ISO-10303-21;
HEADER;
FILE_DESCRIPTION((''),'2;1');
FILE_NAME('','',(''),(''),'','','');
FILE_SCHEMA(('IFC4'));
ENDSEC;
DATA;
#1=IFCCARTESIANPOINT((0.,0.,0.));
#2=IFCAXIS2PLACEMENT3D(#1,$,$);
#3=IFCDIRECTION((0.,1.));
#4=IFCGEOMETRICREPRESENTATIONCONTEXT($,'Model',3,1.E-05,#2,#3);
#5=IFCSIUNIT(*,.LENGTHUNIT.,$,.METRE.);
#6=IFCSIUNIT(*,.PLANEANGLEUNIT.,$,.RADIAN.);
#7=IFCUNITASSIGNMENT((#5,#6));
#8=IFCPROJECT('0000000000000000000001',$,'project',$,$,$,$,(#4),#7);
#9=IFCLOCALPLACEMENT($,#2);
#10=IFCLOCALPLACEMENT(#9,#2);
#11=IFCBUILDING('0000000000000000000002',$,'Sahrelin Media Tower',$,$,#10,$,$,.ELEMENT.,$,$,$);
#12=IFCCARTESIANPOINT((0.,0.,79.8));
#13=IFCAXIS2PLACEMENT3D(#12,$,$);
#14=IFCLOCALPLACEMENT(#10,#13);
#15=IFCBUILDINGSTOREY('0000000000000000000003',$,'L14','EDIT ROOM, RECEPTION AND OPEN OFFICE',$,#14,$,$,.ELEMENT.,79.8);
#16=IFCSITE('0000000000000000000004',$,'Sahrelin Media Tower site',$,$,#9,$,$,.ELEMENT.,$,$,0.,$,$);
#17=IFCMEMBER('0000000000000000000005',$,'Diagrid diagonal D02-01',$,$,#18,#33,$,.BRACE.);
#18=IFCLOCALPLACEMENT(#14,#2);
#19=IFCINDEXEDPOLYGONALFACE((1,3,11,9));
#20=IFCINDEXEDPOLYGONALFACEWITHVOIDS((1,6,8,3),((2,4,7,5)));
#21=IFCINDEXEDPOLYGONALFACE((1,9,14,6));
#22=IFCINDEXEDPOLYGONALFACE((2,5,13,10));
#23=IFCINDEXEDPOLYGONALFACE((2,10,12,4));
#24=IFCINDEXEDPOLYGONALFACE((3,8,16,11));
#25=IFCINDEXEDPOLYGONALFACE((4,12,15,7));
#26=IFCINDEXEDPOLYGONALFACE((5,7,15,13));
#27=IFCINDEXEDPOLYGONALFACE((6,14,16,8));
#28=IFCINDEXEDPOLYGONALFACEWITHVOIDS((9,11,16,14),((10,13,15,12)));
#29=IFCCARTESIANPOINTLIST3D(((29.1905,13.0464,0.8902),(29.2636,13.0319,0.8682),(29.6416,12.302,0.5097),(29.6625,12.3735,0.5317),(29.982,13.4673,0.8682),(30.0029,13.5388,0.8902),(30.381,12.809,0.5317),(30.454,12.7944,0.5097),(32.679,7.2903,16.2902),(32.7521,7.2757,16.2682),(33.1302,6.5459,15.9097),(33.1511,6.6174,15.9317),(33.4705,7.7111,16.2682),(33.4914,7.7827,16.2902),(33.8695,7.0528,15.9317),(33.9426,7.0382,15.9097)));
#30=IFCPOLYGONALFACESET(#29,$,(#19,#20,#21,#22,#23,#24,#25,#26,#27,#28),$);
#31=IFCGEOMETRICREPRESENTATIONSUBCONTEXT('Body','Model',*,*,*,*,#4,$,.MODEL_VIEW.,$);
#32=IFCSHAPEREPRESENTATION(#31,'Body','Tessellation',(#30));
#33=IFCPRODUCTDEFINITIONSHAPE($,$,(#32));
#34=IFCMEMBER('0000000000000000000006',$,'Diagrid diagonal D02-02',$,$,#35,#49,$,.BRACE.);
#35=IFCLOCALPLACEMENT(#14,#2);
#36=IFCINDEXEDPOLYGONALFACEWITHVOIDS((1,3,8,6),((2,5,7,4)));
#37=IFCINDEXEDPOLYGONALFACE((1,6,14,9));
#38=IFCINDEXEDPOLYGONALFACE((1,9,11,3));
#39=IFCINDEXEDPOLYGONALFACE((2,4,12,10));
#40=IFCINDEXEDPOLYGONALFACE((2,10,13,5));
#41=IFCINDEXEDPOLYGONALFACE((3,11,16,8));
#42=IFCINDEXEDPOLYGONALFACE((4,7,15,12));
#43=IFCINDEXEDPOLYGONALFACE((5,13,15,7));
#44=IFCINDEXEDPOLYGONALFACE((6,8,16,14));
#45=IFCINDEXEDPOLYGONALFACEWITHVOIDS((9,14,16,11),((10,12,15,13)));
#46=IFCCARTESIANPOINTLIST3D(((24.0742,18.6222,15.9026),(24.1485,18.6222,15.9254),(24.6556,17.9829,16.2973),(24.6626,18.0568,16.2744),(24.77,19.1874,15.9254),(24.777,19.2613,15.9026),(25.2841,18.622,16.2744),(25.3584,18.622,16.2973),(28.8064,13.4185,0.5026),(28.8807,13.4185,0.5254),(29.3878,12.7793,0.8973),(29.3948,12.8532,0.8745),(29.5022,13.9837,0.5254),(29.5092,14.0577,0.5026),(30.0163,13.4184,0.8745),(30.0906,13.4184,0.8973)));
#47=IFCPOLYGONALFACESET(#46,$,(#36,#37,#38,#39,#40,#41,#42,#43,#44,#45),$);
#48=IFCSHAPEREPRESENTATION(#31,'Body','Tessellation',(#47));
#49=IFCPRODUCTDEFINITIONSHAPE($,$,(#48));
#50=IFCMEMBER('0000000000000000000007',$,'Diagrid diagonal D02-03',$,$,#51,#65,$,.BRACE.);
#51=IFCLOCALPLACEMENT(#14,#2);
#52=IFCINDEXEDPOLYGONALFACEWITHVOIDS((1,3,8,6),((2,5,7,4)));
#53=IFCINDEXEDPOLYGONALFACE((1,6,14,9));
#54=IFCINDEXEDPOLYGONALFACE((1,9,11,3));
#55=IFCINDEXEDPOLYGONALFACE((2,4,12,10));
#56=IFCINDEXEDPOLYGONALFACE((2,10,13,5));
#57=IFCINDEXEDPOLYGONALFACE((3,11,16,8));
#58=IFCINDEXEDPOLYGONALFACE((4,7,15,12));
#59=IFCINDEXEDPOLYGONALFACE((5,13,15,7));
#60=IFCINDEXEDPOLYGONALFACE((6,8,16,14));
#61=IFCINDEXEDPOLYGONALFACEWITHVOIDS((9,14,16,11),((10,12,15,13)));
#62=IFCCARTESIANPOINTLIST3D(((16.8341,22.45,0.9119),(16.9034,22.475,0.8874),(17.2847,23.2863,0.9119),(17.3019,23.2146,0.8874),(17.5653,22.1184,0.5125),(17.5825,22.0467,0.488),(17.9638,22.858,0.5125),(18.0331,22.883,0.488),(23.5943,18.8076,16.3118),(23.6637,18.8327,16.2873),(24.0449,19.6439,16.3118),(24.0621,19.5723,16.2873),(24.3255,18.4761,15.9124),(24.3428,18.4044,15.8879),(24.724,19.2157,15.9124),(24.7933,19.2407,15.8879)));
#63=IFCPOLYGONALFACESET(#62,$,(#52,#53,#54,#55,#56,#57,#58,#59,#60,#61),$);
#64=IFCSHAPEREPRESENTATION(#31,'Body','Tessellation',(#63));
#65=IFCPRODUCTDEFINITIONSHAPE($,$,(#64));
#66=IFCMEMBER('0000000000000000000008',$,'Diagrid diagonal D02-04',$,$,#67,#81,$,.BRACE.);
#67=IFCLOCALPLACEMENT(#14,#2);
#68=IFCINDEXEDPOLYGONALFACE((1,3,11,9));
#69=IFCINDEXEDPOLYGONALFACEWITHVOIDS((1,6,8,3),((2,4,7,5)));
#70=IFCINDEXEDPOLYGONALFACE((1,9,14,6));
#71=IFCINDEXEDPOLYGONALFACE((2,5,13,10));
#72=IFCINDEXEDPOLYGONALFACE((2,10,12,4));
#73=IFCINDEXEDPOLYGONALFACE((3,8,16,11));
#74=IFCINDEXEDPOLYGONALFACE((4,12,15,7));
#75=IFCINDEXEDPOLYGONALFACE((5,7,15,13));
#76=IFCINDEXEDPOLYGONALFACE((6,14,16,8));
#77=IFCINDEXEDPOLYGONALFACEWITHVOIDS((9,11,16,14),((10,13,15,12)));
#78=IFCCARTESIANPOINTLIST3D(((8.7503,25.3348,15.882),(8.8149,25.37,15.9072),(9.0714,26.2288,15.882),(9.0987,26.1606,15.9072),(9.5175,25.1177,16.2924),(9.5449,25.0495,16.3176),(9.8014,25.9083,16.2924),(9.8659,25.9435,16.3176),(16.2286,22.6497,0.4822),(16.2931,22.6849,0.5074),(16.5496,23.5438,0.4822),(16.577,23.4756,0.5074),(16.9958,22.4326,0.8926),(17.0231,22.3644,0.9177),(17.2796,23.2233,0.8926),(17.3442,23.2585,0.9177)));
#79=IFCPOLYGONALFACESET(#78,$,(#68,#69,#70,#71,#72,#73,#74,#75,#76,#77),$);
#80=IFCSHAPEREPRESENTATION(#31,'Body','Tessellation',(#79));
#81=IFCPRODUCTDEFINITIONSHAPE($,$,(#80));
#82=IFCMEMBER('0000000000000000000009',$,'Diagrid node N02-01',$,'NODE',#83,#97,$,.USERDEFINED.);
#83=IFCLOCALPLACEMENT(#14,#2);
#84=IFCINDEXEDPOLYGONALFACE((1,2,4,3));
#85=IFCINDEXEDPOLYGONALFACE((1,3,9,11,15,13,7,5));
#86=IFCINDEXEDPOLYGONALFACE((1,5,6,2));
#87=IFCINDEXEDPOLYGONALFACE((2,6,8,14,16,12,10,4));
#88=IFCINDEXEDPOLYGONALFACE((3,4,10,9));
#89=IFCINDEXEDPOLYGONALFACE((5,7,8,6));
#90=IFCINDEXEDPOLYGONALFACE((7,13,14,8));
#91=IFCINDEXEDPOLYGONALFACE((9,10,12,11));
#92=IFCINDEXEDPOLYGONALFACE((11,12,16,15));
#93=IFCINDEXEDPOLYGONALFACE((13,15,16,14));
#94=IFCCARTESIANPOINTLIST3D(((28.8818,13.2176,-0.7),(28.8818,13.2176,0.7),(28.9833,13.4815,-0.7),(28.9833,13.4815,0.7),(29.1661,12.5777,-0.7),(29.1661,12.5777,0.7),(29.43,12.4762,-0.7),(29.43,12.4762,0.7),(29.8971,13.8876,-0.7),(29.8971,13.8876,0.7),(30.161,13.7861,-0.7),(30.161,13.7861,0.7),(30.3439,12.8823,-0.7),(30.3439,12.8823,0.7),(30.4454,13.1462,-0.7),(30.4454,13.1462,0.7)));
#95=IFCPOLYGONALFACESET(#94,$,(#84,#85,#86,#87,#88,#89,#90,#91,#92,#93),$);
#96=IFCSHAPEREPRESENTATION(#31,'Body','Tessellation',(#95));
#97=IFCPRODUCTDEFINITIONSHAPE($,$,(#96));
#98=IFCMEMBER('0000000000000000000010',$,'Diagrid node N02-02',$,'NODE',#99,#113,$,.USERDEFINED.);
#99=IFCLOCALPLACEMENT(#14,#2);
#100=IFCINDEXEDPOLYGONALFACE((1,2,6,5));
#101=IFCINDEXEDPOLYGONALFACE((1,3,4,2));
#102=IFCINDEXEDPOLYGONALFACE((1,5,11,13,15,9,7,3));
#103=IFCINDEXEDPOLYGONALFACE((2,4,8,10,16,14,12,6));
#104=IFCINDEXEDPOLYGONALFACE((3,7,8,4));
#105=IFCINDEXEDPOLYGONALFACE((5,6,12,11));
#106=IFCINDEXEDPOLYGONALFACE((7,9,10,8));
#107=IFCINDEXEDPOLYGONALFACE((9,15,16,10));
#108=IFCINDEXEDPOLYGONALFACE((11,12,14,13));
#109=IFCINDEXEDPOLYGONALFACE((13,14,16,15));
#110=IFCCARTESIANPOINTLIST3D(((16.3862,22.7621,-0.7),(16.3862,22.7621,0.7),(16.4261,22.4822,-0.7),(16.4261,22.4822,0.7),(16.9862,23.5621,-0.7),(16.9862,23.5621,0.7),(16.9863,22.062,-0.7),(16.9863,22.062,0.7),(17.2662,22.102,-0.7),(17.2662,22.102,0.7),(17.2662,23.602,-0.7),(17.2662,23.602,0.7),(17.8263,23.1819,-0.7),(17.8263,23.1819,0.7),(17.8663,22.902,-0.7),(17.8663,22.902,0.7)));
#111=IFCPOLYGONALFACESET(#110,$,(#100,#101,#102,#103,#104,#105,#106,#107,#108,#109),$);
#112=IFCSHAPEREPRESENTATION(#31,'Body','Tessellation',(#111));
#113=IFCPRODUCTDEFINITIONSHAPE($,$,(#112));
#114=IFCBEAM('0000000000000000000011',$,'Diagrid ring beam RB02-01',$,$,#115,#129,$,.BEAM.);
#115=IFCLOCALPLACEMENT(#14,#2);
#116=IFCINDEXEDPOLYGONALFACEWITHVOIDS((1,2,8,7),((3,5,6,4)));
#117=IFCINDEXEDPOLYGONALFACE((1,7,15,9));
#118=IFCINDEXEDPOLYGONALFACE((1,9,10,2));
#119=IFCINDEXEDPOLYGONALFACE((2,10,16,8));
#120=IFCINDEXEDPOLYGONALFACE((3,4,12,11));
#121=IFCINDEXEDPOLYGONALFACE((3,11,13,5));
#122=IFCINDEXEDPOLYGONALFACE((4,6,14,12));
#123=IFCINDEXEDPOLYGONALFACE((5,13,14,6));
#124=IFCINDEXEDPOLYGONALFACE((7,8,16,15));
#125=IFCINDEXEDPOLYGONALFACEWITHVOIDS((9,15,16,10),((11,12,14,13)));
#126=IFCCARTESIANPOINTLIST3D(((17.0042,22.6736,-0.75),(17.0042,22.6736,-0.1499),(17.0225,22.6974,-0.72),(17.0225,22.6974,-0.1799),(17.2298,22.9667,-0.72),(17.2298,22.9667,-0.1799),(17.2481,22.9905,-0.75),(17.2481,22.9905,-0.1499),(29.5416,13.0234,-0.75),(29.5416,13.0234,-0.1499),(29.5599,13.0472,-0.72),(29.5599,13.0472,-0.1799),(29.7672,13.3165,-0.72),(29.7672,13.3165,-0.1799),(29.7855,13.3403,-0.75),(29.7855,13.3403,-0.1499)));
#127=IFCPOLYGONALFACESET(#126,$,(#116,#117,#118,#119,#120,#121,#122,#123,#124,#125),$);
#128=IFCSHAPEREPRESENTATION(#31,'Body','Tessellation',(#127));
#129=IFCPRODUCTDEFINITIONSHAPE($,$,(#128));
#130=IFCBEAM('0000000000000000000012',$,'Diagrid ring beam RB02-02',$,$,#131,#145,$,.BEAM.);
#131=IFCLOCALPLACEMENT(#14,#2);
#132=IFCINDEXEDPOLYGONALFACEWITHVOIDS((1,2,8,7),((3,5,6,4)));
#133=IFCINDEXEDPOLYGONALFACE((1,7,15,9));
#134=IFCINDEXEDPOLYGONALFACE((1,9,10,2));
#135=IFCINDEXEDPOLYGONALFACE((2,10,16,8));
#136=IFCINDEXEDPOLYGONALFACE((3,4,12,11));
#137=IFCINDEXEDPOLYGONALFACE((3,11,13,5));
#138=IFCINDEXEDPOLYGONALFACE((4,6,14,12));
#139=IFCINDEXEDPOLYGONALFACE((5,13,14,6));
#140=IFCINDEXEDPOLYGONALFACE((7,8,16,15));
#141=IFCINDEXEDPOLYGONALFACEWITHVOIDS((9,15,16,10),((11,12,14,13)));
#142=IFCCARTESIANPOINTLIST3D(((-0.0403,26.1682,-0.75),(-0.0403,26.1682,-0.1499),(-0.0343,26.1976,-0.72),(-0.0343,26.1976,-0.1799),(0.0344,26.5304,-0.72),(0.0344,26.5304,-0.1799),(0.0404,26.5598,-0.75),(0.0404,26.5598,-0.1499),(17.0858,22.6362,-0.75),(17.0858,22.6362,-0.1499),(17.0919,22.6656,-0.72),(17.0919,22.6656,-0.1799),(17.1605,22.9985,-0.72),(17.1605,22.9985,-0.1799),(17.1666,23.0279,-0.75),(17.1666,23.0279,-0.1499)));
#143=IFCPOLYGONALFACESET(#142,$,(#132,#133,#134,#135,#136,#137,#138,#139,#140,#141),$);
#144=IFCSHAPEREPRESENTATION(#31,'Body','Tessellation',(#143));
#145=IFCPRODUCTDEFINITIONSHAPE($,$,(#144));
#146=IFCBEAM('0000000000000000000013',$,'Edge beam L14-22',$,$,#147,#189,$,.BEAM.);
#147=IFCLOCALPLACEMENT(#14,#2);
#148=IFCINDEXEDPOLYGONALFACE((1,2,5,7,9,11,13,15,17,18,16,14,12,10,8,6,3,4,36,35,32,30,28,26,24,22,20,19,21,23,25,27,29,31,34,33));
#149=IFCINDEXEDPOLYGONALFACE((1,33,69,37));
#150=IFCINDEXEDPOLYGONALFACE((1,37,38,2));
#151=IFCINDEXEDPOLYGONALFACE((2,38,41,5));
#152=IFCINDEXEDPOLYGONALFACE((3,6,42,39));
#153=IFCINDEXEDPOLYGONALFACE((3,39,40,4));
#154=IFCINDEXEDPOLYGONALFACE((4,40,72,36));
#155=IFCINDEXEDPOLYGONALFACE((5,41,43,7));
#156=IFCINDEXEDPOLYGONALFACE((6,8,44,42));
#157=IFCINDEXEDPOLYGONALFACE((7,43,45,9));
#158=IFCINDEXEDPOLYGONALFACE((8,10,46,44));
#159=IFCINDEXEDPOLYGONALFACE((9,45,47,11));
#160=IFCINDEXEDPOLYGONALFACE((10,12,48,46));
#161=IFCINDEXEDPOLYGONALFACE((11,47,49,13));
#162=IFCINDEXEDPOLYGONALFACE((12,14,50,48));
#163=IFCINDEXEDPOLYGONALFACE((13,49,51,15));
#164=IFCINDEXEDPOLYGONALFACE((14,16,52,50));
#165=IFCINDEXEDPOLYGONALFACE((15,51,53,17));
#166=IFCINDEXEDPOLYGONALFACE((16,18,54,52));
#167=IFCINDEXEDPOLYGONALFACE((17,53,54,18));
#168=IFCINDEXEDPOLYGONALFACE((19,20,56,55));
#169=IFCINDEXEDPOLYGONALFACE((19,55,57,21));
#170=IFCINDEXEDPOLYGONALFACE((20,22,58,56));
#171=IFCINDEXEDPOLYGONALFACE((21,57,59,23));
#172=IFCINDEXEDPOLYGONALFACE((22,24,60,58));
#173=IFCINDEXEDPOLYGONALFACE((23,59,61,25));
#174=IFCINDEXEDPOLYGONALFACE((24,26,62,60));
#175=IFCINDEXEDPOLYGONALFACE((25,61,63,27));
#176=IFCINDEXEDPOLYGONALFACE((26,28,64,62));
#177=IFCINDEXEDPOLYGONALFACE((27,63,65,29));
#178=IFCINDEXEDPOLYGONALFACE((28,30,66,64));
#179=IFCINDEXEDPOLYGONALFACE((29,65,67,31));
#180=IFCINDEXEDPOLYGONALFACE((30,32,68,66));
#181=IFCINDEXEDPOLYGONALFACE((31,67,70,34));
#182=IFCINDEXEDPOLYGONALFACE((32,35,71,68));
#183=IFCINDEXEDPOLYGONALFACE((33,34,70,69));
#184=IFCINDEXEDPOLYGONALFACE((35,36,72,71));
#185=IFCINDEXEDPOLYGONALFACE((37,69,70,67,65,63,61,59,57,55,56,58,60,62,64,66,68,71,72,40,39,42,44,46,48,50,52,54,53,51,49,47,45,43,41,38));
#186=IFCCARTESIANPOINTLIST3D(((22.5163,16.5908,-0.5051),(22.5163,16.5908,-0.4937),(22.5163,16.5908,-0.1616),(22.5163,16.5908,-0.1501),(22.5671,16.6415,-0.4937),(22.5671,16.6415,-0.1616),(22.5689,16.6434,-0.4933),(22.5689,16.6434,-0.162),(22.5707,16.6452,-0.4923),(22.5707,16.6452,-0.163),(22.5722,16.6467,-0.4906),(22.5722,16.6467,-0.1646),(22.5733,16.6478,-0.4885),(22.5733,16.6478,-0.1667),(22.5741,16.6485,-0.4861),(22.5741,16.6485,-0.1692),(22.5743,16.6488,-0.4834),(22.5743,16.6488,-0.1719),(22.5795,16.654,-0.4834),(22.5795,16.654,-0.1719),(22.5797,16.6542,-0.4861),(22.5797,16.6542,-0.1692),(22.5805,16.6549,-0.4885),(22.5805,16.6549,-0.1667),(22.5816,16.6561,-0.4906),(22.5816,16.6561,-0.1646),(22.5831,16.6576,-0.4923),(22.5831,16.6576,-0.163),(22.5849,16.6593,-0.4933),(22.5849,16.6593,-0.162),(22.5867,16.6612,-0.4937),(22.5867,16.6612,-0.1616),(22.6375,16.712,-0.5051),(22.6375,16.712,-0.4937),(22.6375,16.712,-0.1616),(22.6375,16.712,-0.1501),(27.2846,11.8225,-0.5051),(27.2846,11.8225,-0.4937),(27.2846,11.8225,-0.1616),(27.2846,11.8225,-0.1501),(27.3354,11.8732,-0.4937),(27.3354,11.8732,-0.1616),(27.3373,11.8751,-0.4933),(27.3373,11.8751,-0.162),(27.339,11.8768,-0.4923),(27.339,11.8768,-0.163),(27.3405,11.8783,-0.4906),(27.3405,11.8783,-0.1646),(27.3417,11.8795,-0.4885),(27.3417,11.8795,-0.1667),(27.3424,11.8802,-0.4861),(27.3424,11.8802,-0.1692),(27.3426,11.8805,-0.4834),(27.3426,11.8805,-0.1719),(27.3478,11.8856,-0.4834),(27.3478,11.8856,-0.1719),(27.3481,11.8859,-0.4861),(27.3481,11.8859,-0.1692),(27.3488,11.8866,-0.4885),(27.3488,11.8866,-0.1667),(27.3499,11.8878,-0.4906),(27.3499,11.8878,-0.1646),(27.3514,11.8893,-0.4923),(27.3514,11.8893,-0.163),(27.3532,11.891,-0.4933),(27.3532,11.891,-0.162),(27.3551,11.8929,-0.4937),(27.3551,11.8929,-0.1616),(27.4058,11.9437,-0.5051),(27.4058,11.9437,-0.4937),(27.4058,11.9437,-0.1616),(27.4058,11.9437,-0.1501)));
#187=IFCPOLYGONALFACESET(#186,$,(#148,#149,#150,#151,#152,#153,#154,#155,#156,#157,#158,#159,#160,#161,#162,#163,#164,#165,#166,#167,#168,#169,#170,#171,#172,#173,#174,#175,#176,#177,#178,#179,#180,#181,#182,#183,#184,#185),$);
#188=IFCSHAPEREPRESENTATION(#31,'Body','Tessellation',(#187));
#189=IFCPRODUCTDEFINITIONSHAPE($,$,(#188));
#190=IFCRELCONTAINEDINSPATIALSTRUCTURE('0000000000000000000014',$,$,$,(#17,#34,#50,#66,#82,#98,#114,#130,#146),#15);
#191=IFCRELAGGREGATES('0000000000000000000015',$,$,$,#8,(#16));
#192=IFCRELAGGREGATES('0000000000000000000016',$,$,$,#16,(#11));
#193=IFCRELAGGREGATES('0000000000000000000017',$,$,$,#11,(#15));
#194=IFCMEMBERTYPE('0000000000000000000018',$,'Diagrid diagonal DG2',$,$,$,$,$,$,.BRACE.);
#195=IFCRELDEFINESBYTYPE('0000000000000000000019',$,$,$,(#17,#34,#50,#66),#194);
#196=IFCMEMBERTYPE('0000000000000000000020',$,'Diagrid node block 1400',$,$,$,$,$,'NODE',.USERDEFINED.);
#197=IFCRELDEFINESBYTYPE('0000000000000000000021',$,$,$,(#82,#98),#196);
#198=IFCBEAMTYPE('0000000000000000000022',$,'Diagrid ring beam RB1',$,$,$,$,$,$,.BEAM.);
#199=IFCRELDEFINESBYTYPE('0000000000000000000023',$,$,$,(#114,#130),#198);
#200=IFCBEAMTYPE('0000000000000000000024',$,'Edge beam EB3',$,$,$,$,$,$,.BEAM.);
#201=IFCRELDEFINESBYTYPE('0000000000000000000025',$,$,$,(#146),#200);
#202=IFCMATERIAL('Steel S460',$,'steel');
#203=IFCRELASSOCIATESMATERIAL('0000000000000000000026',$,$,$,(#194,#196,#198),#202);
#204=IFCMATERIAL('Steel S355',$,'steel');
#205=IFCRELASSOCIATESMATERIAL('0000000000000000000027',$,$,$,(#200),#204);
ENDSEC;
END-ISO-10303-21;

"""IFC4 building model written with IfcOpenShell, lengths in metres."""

from ifc_helpers import new_model, si_unit, direction, frame, origin, origin_2d, place, context, subcontext, project, spatial, polyline, hollow_rectangle, i_section, outline, extrude, material, material_profile, profile_set, type_object, element, save


model = new_model("IFC4")

# Units and contexts
model_context = context("Model", 3, precision=1e-05, world=origin(), true_north=direction((0.0, 1.0)))
body_context = subcontext(model_context, "Body", "Model", "MODEL_VIEW")
ifc_project = project(units=[si_unit("LENGTHUNIT", "METRE"), si_unit("PLANEANGLEUNIT", "RADIAN")], contexts=[model_context])

# Site, building, storey
site_placement = place(None, origin())
site = spatial("IfcSite", under=ifc_project, at=site_placement, Name="Sahrelin Media Tower site", CompositionType="ELEMENT", RefElevation=0.0)
building_placement = place(site_placement, origin())
building = spatial("IfcBuilding", under=site, at=building_placement, Name="Sahrelin Media Tower", CompositionType="ELEMENT")
storey_placement = place(building_placement, frame((0.0, 0.0, 79.8)))
storey = spatial("IfcBuildingStorey", under=building, at=storey_placement, Name="L14", Description="EDIT ROOM, RECEPTION AND OPEN OFFICE", CompositionType="ELEMENT", Elevation=79.8)

# Members
ifc_material_1 = material(Name="Steel S460", Category="steel")
ifc_material_profile_1 = material_profile(ifc_material_1, hollow_rectangle(XDim=0.95, YDim=0.95, WallThickness=0.0549, at=origin_2d()), Name="Diagrid diagonal DG2")
ifc_profile_set_1 = profile_set([ifc_material_profile_1], Name="Steel S460")
member_type_1 = type_object("IfcMemberType", Name="Diagrid diagonal DG2", PredefinedType="BRACE", material=ifc_profile_set_1)
member_1_placement = place(storey_placement, frame((29.8223, 12.9204, 0.7), z_axis=(0.20757, -0.342492, 0.916305), x_axis=(0.855199, 0.518299, 0.0)))
element("IfcMember", 1, at=member_1_placement, inside=storey, type_object=member_type_1, Name="Diagrid diagonal D02-01", PredefinedType="BRACE", context=body_context, shape_type="SweptSolid", body=[
    extrude(hollow_rectangle(XDim=0.95, YDim=0.95, WallThickness=0.0549, at=origin_2d()), origin(), (0.0, 0.0, 1.0), 16.8066),
])
member_2_placement = place(storey_placement, frame((29.4485, 13.4185, 0.7), z_axis=(-0.279513, 0.307359, 0.909617), x_axis=(-0.739825, -0.672799, 0.0)))
element("IfcMember", 2, at=member_2_placement, inside=storey, type_object=member_type_1, Name="Diagrid diagonal D02-02", PredefinedType="BRACE", context=body_context, shape_type="SweptSolid", body=[
    extrude(hollow_rectangle(XDim=0.95, YDim=0.95, WallThickness=0.0549, at=origin_2d()), origin(), (0.0, 0.0, 1.0), 16.9302),
])
member_3_placement = place(storey_placement, frame((17.4336, 22.6665, 0.7), z_axis=(0.392849, -0.211662, 0.894913), x_axis=(0.474322, 0.880352, 0.0)))
element("IfcMember", 3, at=member_3_placement, inside=storey, type_object=member_type_1, Name="Diagrid diagonal D02-03", PredefinedType="BRACE", context=body_context, shape_type="SweptSolid", body=[
    extrude(hollow_rectangle(XDim=0.95, YDim=0.95, WallThickness=0.0549, at=origin_2d()), origin(), (0.0, 0.0, 1.0), 17.2083),
])
member_4_placement = place(storey_placement, frame((16.7864, 22.9541, 0.7), z_axis=(-0.431549, 0.154947, 0.888683), x_axis=(-0.337926, -0.941173, 0.0)))
element("IfcMember", 4, at=member_4_placement, inside=storey, type_object=member_type_1, Name="Diagrid diagonal D02-04", PredefinedType="BRACE", context=body_context, shape_type="SweptSolid", body=[
    extrude(hollow_rectangle(XDim=0.95, YDim=0.95, WallThickness=0.0549, at=origin_2d()), origin(), (0.0, 0.0, 1.0), 17.3289),
])
ifc_material_profile_2 = material_profile(ifc_material_1, outline(polyline([(0.5, -0.55), (0.7, -0.3501), (0.7, 0.3501), (0.5, 0.55), (-0.5, 0.55), (-0.7, 0.3501), (-0.7, -0.3501), (-0.5, -0.55), (0.5, -0.55)])), Name="Diagrid node block 1400")
ifc_profile_set_2 = profile_set([ifc_material_profile_2], Name="Steel S460")
member_type_2 = type_object("IfcMemberType", Name="Diagrid node block 1400", ElementType="NODE", PredefinedType="USERDEFINED", material=ifc_profile_set_2)
for number, where, z_axis, x_axis, name in (
    (5, (29.6636, 13.1819, -0.7), (0.0, 0.0, 1.0), (0.913833, 0.406091, 0.0), "Diagrid node N02-01"),
    (6, (17.1262, 22.832, -0.7), (0.0, 0.0, 1.0), (0.600052, 0.799961, 0.0), "Diagrid node N02-02"),
):
    element("IfcMember", number, at=place(storey_placement, frame(where, z_axis=z_axis, x_axis=x_axis)), inside=storey, type_object=member_type_2, Name=name, ObjectType="NODE", PredefinedType="USERDEFINED", context=body_context, shape_type="SweptSolid", body=[
        extrude(outline(polyline([(0.5, -0.55), (0.7, -0.3501), (0.7, 0.3501), (0.5, 0.55), (-0.5, 0.55), (-0.7, 0.3501), (-0.7, -0.3501), (-0.5, -0.55), (0.5, -0.55)])), origin(), (0.0, 0.0, 1.0), 1.3999),
    ])

# Beams
ifc_material_profile_3 = material_profile(ifc_material_1, hollow_rectangle(XDim=0.3999, YDim=0.6001, WallThickness=0.03, at=origin_2d()), Name="Diagrid ring beam RB1")
ifc_profile_set_3 = profile_set([ifc_material_profile_3], Name="Steel S460")
beam_type_1 = type_object("IfcBeamType", Name="Diagrid ring beam RB1", PredefinedType="BEAM", material=ifc_profile_set_3)
beam_1_placement = place(storey_placement, frame((29.6636, 13.1819, -0.45), z_axis=(-0.79244, 0.60995, 0.0), x_axis=(-0.60995, -0.79244, 0.0)))
element("IfcBeam", 7, at=beam_1_placement, inside=storey, type_object=beam_type_1, Name="Diagrid ring beam RB02-01", PredefinedType="BEAM", context=body_context, shape_type="SweptSolid", body=[
    extrude(hollow_rectangle(XDim=0.3999, YDim=0.6001, WallThickness=0.03, at=origin_2d()), origin(), (0.0, 0.0, 1.0), 15.8213),
])
beam_2_placement = place(storey_placement, frame((17.1262, 22.832, -0.45), z_axis=(-0.979389, 0.201982, 0.0), x_axis=(-0.201982, -0.979389, 0.0)))
element("IfcBeam", 8, at=beam_2_placement, inside=storey, type_object=beam_type_1, Name="Diagrid ring beam RB02-02", PredefinedType="BEAM", context=body_context, shape_type="SweptSolid", body=[
    extrude(hollow_rectangle(XDim=0.3999, YDim=0.6001, WallThickness=0.03, at=origin_2d()), origin(), (0.0, 0.0, 1.0), 17.4866),
])
ifc_material_2 = material(Name="Steel S355", Category="steel")
ifc_material_profile_4 = material_profile(ifc_material_2, i_section(OverallWidth=0.1714, OverallDepth=0.355, WebThickness=0.0073, FlangeThickness=0.0115, FilletRadius=0.0103, at=origin_2d()), Name="UB 356x171x51")
ifc_profile_set_4 = profile_set([ifc_material_profile_4], Name="Steel S355")
beam_type_2 = type_object("IfcBeamType", Name="Edge beam EB3", PredefinedType="BEAM", material=ifc_profile_set_4)
beam_3_placement = place(storey_placement, frame((22.5769, 16.6514, -0.3276), z_axis=(0.707107, -0.707107, 0.0), x_axis=(0.707107, 0.707107, 0.0)))
element("IfcBeam", 9, at=beam_3_placement, inside=storey, type_object=beam_type_2, Name="Edge beam L14-22", PredefinedType="BEAM", context=body_context, shape_type="SweptSolid", body=[
    extrude(i_section(OverallWidth=0.1714, OverallDepth=0.355, WebThickness=0.0073, FlangeThickness=0.0115, FilletRadius=0.0103, at=origin_2d()), origin(), (0.0, 0.0, 1.0), 6.7434),
])

save(model, "model.ifc")
